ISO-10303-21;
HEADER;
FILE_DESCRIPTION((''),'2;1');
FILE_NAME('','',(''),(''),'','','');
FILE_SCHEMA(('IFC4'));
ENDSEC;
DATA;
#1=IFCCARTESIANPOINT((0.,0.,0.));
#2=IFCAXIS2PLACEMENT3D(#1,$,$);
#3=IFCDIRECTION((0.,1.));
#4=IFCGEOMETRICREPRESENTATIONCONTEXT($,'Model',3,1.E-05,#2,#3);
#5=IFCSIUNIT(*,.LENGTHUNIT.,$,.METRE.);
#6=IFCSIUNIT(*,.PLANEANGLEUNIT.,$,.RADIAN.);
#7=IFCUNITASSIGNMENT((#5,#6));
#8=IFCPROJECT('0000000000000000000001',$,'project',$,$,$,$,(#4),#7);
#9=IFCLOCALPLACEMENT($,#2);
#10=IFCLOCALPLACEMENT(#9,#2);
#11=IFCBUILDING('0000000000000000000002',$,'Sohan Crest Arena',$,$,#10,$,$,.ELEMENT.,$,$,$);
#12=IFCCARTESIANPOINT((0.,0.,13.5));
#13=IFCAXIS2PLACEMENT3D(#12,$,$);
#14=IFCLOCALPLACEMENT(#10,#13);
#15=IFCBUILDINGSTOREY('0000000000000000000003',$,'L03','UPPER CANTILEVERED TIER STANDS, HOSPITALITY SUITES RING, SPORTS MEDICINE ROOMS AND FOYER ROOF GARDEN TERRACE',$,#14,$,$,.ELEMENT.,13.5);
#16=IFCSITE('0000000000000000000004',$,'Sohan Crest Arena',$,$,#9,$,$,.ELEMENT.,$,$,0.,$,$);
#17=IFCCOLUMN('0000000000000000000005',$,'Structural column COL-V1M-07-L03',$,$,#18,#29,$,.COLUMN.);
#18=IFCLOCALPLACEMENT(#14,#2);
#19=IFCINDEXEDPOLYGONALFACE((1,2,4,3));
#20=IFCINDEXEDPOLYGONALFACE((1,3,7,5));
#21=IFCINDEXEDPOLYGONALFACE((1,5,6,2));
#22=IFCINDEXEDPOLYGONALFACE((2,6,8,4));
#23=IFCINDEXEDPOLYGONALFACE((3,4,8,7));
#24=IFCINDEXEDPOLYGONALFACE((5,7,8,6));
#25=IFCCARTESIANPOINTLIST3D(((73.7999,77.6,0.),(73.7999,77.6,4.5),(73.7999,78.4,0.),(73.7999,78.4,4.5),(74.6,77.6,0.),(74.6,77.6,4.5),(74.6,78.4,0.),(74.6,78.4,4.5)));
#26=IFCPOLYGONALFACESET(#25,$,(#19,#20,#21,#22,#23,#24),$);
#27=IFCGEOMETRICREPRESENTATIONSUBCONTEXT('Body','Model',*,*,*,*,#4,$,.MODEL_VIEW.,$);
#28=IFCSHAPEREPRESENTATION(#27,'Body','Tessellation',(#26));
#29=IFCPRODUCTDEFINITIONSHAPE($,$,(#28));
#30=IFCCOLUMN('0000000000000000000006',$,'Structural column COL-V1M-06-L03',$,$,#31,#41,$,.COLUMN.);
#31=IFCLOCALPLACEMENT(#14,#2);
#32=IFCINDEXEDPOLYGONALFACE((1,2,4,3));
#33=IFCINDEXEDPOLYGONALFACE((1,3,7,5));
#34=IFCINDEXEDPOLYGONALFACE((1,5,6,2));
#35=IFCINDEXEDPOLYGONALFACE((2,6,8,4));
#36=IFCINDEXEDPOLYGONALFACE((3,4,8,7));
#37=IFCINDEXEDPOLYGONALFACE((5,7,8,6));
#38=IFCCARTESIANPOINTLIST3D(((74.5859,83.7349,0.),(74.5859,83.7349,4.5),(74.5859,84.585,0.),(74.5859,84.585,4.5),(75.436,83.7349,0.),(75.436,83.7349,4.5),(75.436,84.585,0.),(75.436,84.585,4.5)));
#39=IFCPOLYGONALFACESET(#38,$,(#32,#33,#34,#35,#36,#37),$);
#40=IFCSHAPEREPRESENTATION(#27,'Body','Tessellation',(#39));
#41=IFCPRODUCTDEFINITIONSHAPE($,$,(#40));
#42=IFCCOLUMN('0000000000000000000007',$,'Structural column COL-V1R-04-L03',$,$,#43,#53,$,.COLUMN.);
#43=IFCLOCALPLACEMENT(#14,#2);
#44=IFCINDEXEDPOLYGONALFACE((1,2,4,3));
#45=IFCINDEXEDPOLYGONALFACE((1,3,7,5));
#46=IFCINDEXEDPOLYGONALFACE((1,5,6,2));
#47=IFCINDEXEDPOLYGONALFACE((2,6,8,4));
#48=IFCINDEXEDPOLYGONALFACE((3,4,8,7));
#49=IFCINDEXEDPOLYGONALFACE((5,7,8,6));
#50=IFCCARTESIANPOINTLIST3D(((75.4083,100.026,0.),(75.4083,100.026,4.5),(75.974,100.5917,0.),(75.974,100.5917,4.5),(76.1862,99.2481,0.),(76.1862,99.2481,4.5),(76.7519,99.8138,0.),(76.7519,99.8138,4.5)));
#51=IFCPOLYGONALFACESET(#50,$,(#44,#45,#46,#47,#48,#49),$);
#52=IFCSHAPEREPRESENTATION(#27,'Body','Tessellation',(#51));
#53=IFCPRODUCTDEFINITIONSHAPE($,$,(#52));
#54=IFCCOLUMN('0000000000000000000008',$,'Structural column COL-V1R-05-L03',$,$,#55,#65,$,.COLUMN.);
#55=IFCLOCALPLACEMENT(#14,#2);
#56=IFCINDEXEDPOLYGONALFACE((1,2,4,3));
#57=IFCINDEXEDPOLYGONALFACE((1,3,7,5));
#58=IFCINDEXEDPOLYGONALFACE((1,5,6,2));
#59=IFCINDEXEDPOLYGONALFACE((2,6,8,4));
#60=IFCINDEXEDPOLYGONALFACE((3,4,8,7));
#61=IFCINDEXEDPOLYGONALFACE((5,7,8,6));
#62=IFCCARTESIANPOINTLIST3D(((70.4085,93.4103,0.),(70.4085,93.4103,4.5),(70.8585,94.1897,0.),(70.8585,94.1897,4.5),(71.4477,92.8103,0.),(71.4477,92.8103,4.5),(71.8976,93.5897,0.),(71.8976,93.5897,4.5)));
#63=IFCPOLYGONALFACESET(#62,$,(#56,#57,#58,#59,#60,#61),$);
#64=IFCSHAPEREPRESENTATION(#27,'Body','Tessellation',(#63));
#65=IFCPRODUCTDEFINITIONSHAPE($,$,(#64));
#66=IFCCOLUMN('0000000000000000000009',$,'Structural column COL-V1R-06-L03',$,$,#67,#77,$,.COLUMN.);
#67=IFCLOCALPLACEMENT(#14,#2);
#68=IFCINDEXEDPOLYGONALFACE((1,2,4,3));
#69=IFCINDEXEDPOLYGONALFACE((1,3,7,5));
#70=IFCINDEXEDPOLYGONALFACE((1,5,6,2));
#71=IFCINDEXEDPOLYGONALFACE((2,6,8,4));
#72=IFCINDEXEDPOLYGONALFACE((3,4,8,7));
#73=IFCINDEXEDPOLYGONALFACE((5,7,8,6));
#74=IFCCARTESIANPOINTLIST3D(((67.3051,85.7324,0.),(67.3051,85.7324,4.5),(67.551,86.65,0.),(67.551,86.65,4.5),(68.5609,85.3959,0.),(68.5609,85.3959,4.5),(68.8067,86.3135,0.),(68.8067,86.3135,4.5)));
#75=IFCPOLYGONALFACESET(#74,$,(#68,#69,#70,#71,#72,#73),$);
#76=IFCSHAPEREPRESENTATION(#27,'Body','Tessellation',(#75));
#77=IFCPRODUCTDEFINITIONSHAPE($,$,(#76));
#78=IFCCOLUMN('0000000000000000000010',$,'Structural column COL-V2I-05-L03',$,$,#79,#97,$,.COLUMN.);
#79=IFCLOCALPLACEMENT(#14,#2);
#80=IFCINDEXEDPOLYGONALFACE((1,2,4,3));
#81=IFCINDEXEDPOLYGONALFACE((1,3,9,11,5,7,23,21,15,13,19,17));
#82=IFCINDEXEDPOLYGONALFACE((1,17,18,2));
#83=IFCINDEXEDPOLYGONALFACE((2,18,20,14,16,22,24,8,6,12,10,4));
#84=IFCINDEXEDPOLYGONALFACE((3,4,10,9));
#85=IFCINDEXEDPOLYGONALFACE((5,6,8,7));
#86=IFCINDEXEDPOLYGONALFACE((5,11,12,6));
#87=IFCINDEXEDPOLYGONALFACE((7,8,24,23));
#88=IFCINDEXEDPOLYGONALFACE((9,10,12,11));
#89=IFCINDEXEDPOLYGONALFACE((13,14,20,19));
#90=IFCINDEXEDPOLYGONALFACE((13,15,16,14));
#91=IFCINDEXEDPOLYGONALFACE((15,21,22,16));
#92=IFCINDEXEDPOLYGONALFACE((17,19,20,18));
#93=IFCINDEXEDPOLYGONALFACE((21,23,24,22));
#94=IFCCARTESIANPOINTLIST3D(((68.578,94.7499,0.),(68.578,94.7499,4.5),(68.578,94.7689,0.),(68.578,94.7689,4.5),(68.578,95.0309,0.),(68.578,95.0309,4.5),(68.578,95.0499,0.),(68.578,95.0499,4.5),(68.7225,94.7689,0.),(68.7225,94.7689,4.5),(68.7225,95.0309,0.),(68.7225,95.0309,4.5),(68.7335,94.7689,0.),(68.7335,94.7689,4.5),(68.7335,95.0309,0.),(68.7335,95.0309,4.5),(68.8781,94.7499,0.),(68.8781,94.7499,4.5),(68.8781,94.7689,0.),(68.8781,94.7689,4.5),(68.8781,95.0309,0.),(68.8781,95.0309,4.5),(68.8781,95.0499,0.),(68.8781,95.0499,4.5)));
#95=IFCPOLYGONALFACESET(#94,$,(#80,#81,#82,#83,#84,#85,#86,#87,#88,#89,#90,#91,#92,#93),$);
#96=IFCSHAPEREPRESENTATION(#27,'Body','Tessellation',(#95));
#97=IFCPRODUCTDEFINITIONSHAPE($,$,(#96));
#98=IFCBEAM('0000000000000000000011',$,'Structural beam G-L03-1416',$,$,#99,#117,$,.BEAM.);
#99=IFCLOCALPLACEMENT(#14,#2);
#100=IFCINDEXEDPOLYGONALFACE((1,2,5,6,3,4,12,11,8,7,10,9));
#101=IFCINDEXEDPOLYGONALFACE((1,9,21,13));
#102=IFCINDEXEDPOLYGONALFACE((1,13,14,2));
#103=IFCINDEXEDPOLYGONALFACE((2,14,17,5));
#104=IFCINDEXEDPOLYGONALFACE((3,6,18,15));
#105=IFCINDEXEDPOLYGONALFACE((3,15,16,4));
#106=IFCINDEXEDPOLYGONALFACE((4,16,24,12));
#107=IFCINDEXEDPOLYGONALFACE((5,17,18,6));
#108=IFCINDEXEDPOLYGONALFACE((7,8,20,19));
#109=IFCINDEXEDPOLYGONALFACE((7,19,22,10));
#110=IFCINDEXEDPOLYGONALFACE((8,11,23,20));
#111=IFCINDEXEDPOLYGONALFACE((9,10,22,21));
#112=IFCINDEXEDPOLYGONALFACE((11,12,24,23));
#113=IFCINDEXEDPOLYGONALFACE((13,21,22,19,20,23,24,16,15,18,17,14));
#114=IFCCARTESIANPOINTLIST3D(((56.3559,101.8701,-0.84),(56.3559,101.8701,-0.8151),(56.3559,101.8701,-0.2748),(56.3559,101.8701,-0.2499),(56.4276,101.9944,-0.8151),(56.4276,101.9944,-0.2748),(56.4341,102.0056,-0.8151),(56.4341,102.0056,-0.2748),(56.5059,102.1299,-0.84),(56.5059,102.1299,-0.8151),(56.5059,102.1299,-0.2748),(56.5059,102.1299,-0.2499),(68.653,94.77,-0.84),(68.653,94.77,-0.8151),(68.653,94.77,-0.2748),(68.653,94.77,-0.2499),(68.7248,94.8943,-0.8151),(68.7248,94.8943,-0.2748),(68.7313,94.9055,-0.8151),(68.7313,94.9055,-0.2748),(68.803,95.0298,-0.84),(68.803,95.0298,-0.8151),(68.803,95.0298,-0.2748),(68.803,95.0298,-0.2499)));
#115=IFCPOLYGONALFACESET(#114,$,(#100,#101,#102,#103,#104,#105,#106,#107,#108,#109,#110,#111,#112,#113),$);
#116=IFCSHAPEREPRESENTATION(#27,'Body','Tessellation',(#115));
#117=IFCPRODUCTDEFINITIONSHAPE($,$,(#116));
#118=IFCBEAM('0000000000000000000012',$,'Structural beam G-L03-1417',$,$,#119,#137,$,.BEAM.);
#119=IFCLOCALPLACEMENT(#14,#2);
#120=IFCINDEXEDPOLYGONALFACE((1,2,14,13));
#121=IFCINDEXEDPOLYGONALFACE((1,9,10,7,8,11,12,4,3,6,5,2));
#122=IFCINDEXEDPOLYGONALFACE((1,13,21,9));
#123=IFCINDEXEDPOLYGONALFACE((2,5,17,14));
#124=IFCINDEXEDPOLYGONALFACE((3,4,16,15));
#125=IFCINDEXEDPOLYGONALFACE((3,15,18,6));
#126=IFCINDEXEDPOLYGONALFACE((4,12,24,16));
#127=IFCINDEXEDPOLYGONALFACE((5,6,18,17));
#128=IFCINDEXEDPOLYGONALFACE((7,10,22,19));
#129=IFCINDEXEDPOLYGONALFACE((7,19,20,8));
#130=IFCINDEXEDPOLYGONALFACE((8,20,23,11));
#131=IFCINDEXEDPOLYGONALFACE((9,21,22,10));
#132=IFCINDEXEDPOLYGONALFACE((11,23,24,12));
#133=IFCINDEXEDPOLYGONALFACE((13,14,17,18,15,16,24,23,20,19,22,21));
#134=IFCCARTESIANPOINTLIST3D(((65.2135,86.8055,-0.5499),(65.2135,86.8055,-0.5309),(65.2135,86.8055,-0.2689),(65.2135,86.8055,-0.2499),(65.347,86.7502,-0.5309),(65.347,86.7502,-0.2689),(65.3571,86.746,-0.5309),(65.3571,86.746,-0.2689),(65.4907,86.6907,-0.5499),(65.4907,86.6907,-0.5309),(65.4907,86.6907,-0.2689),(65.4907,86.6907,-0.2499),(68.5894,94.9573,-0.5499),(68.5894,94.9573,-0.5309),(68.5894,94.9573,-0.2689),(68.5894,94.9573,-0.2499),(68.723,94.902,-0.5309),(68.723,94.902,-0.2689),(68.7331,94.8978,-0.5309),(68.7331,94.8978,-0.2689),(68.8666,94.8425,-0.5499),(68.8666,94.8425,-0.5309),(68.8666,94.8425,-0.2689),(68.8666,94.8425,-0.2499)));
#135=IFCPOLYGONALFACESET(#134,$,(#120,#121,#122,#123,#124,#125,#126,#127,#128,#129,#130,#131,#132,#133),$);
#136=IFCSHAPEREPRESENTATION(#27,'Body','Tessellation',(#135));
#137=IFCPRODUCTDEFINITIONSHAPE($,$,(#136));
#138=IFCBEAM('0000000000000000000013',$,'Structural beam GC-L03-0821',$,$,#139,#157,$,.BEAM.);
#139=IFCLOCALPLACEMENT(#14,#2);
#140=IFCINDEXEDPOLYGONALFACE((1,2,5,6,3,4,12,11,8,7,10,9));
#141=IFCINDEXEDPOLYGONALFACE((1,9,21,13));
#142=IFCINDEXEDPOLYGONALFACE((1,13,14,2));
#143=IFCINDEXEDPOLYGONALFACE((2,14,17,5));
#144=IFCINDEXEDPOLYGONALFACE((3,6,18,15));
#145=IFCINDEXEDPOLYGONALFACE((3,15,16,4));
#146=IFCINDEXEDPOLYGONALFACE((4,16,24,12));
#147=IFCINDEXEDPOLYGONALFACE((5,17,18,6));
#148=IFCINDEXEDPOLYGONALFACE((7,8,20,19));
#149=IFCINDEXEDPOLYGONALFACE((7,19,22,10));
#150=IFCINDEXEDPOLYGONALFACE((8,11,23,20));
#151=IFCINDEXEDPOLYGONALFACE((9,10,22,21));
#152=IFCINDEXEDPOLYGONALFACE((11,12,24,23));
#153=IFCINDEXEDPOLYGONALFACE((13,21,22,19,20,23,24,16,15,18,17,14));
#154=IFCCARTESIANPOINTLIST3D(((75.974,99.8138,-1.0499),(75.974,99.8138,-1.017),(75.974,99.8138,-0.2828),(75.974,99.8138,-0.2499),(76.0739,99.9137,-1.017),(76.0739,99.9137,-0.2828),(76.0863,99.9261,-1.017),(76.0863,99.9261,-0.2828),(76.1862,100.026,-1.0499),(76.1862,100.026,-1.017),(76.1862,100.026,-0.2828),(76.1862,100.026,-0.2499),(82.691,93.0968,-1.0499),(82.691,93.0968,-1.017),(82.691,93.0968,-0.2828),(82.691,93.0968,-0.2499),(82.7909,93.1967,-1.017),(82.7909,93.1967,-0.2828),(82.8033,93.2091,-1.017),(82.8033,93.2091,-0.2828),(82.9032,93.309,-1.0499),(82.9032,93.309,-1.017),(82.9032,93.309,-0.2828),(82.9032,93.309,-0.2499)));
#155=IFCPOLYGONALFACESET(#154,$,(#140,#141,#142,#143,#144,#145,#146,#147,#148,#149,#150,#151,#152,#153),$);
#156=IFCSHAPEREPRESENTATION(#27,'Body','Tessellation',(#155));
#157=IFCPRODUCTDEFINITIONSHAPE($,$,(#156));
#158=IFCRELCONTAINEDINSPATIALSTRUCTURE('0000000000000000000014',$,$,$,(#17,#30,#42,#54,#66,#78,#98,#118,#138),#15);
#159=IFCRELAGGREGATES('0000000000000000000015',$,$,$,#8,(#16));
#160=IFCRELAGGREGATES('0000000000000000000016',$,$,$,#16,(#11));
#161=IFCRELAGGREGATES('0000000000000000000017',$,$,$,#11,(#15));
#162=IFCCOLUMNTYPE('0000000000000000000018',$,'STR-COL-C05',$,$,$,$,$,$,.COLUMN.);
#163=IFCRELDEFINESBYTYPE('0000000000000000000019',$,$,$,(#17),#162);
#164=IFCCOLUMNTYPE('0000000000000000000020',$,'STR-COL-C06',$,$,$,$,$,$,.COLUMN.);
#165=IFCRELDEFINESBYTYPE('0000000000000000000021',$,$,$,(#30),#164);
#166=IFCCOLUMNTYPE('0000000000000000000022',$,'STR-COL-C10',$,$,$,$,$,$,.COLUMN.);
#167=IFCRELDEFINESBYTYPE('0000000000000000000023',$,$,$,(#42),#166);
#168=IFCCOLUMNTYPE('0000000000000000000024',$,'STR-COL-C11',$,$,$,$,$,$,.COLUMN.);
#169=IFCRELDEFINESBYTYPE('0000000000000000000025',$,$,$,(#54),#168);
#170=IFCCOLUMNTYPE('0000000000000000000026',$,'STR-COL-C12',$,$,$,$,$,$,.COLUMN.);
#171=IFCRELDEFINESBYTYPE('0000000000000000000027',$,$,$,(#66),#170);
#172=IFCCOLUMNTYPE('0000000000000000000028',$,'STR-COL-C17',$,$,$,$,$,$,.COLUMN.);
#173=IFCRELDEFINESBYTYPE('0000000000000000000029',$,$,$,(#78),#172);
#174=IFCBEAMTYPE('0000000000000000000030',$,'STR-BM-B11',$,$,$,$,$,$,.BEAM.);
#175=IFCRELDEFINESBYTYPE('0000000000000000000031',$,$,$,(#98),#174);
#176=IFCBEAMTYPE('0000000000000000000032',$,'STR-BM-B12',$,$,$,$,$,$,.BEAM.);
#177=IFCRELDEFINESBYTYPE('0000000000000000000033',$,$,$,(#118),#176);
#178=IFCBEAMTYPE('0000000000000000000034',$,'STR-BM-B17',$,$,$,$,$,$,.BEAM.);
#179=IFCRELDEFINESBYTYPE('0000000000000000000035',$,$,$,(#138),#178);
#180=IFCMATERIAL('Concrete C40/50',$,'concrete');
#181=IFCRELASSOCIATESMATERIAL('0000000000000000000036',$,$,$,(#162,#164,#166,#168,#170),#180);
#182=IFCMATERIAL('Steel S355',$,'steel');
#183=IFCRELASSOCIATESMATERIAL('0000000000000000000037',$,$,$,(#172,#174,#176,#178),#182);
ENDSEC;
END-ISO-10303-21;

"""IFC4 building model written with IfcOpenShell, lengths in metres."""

from ifc_helpers import new_model, si_unit, direction, frame, origin, origin_2d, place, context, subcontext, project, spatial, rectangle, i_section, extrude, material, material_profile, profile_set, type_object, element, save


model = new_model("IFC4")

# Units and contexts
model_context = context("Model", 3, precision=1e-05, world=origin(), true_north=direction((0.0, 1.0)))
body_context = subcontext(model_context, "Body", "Model", "MODEL_VIEW")
ifc_project = project(units=[si_unit("LENGTHUNIT", "METRE"), si_unit("PLANEANGLEUNIT", "RADIAN")], contexts=[model_context])

# Site, building, storey
site_placement = place(None, origin())
site = spatial("IfcSite", under=ifc_project, at=site_placement, Name="Sohan Crest Arena", CompositionType="ELEMENT", RefElevation=0.0)
building_placement = place(site_placement, origin())
building = spatial("IfcBuilding", under=site, at=building_placement, Name="Sohan Crest Arena", CompositionType="ELEMENT")
storey_placement = place(building_placement, frame((0.0, 0.0, 13.5)))
storey = spatial("IfcBuildingStorey", under=building, at=storey_placement, Name="L03", Description="UPPER CANTILEVERED TIER STANDS, HOSPITALITY SUITES RING, SPORTS MEDICINE ROOMS AND FOYER ROOF GARDEN TERRACE", CompositionType="ELEMENT", Elevation=13.5)

# Columns
ifc_material_1 = material(Name="Concrete C40/50", Category="concrete")
ifc_material_profile_1 = material_profile(ifc_material_1, rectangle(XDim=0.8, YDim=0.8, at=origin_2d()), Name="RC 800x800")
ifc_profile_set_1 = profile_set([ifc_material_profile_1], Name="Concrete C40/50")
column_type_1 = type_object("IfcColumnType", Name="STR-COL-C05", PredefinedType="COLUMN", material=ifc_profile_set_1)
column_1_placement = place(storey_placement, frame((74.2, 78.0, 0.0), z_axis=(0.0, 0.0, 1.0), x_axis=(1.0, 0.0, 0.0)))
element("IfcColumn", 1, at=column_1_placement, inside=storey, type_object=column_type_1, Name="Structural column COL-V1M-07-L03", PredefinedType="COLUMN", context=body_context, shape_type="SweptSolid", body=[
    extrude(rectangle(XDim=0.8, YDim=0.8, at=origin_2d()), origin(), (0.0, 0.0, 1.0), 4.5),
])
ifc_material_profile_2 = material_profile(ifc_material_1, rectangle(XDim=0.8501, YDim=0.8501, at=origin_2d()), Name="RC 850x850")
ifc_profile_set_2 = profile_set([ifc_material_profile_2], Name="Concrete C40/50")
column_type_2 = type_object("IfcColumnType", Name="STR-COL-C06", PredefinedType="COLUMN", material=ifc_profile_set_2)
column_2_placement = place(storey_placement, frame((75.011, 84.1599, 0.0), z_axis=(0.0, 0.0, 1.0), x_axis=(1.0, 0.0, 0.0)))
element("IfcColumn", 2, at=column_2_placement, inside=storey, type_object=column_type_2, Name="Structural column COL-V1M-06-L03", PredefinedType="COLUMN", context=body_context, shape_type="SweptSolid", body=[
    extrude(rectangle(XDim=0.8501, YDim=0.8501, at=origin_2d()), origin(), (0.0, 0.0, 1.0), 4.5),
])
ifc_material_profile_3 = material_profile(ifc_material_1, rectangle(XDim=1.1001, YDim=0.8, at=origin_2d()), Name="RC 1100x800")
ifc_profile_set_3 = profile_set([ifc_material_profile_3], Name="Concrete C40/50")
column_type_3 = type_object("IfcColumnType", Name="STR-COL-C10", PredefinedType="COLUMN", material=ifc_profile_set_3)
column_3_placement = place(storey_placement, frame((76.0801, 99.9199, 0.0), z_axis=(0.0, 0.0, 1.0), x_axis=(-0.707107, 0.707107, 0.0)))
element("IfcColumn", 3, at=column_3_placement, inside=storey, type_object=column_type_3, Name="Structural column COL-V1R-04-L03", PredefinedType="COLUMN", context=body_context, shape_type="SweptSolid", body=[
    extrude(rectangle(XDim=1.1001, YDim=0.8, at=origin_2d()), origin(), (0.0, 0.0, 1.0), 4.5),
])
ifc_material_profile_4 = material_profile(ifc_material_1, rectangle(XDim=1.2, YDim=0.8999, at=origin_2d()), Name="RC 1200x900")
ifc_profile_set_4 = profile_set([ifc_material_profile_4], Name="Concrete C40/50")
column_type_4 = type_object("IfcColumnType", Name="STR-COL-C11", PredefinedType="COLUMN", material=ifc_profile_set_4)
column_4_placement = place(storey_placement, frame((71.1531, 93.5, 0.0), z_axis=(0.0, 0.0, 1.0), x_axis=(-0.866025, 0.5, 0.0)))
element("IfcColumn", 4, at=column_4_placement, inside=storey, type_object=column_type_4, Name="Structural column COL-V1R-05-L03", PredefinedType="COLUMN", context=body_context, shape_type="SweptSolid", body=[
    extrude(rectangle(XDim=1.2, YDim=0.8999, at=origin_2d()), origin(), (0.0, 0.0, 1.0), 4.5),
])
ifc_material_profile_5 = material_profile(ifc_material_1, rectangle(XDim=1.3, YDim=0.95, at=origin_2d()), Name="RC 1300x950")
ifc_profile_set_5 = profile_set([ifc_material_profile_5], Name="Concrete C40/50")
column_type_5 = type_object("IfcColumnType", Name="STR-COL-C12", PredefinedType="COLUMN", material=ifc_profile_set_5)
column_5_placement = place(storey_placement, frame((68.0559, 86.0229, 0.0), z_axis=(0.0, 0.0, 1.0), x_axis=(-0.965926, 0.258819, 0.0)))
element("IfcColumn", 5, at=column_5_placement, inside=storey, type_object=column_type_5, Name="Structural column COL-V1R-06-L03", PredefinedType="COLUMN", context=body_context, shape_type="SweptSolid", body=[
    extrude(rectangle(XDim=1.3, YDim=0.95, at=origin_2d()), origin(), (0.0, 0.0, 1.0), 4.5),
])
ifc_material_2 = material(Name="Steel S355", Category="steel")
ifc_material_profile_6 = material_profile(ifc_material_2, i_section(OverallWidth=0.3, OverallDepth=0.3, WebThickness=0.011, FlangeThickness=0.019, at=origin_2d()), Name="HEB 300")
ifc_profile_set_6 = profile_set([ifc_material_profile_6], Name="Steel S355")
column_type_6 = type_object("IfcColumnType", Name="STR-COL-C17", PredefinedType="COLUMN", material=ifc_profile_set_6)
column_6_placement = place(storey_placement, frame((68.728, 94.8999, 0.0), z_axis=(0.0, 0.0, 1.0), x_axis=(1.0, 0.0, 0.0)))
element("IfcColumn", 6, at=column_6_placement, inside=storey, type_object=column_type_6, Name="Structural column COL-V2I-05-L03", PredefinedType="COLUMN", context=body_context, shape_type="SweptSolid", body=[
    extrude(i_section(OverallWidth=0.3, OverallDepth=0.3, WebThickness=0.011, FlangeThickness=0.019, at=origin_2d()), origin(), (0.0, 0.0, 1.0), 4.5),
])

# Beams
ifc_material_profile_7 = material_profile(ifc_material_2, i_section(OverallWidth=0.3, OverallDepth=0.5901, WebThickness=0.0129, FlangeThickness=0.0249, at=origin_2d()), Name="HEA 600")
ifc_profile_set_7 = profile_set([ifc_material_profile_7], Name="Steel S355")
beam_type_1 = type_object("IfcBeamType", Name="STR-BM-B11", PredefinedType="BEAM", material=ifc_profile_set_7)
beam_1_placement = place(storey_placement, frame((68.728, 94.8999, -0.5449), z_axis=(-0.866015, 0.500019, 0.0), x_axis=(-0.500019, -0.866015, 0.0)))
element("IfcBeam", 7, at=beam_1_placement, inside=storey, type_object=beam_type_1, Name="Structural beam G-L03-1416", PredefinedType="BEAM", context=body_context, shape_type="SweptSolid", body=[
    extrude(i_section(OverallWidth=0.3, OverallDepth=0.5901, WebThickness=0.0129, FlangeThickness=0.0249, at=origin_2d()), origin(), (0.0, 0.0, 1.0), 14.1997),
])
ifc_material_profile_8 = material_profile(ifc_material_2, i_section(OverallWidth=0.3, OverallDepth=0.3, WebThickness=0.011, FlangeThickness=0.019, at=origin_2d()), Name="HEB 300")
ifc_profile_set_8 = profile_set([ifc_material_profile_8], Name="Steel S355")
beam_type_2 = type_object("IfcBeamType", Name="STR-BM-B12", PredefinedType="BEAM", material=ifc_profile_set_8)
beam_2_placement = place(storey_placement, frame((68.728, 94.8999, -0.3999), z_axis=(-0.382622, -0.923905, 0.0), x_axis=(0.923905, -0.382622, 0.0)))
element("IfcBeam", 8, at=beam_2_placement, inside=storey, type_object=beam_type_2, Name="Structural beam G-L03-1417", PredefinedType="BEAM", context=body_context, shape_type="SweptSolid", body=[
    extrude(i_section(OverallWidth=0.3, OverallDepth=0.3, WebThickness=0.011, FlangeThickness=0.019, at=origin_2d()), origin(), (0.0, 0.0, 1.0), 8.8232),
])
ifc_material_profile_9 = material_profile(ifc_material_2, i_section(OverallWidth=0.3, OverallDepth=0.8, WebThickness=0.0176, FlangeThickness=0.033, at=origin_2d()), Name="HEB 800")
ifc_profile_set_9 = profile_set([ifc_material_profile_9], Name="Steel S355")
beam_type_3 = type_object("IfcBeamType", Name="STR-BM-B17", PredefinedType="BEAM", material=ifc_profile_set_9)
beam_3_placement = place(storey_placement, frame((76.0801, 99.9199, -0.6499), z_axis=(0.707107, -0.707107, 0.0), x_axis=(0.707107, 0.707107, 0.0)))
element("IfcBeam", 9, at=beam_3_placement, inside=storey, type_object=beam_type_3, Name="Structural beam GC-L03-0821", PredefinedType="BEAM", context=body_context, shape_type="SweptSolid", body=[
    extrude(i_section(OverallWidth=0.3, OverallDepth=0.8, WebThickness=0.0176, FlangeThickness=0.033, at=origin_2d()), origin(), (0.0, 0.0, 1.0), 9.4993),
])

save(model, "model.ifc")
